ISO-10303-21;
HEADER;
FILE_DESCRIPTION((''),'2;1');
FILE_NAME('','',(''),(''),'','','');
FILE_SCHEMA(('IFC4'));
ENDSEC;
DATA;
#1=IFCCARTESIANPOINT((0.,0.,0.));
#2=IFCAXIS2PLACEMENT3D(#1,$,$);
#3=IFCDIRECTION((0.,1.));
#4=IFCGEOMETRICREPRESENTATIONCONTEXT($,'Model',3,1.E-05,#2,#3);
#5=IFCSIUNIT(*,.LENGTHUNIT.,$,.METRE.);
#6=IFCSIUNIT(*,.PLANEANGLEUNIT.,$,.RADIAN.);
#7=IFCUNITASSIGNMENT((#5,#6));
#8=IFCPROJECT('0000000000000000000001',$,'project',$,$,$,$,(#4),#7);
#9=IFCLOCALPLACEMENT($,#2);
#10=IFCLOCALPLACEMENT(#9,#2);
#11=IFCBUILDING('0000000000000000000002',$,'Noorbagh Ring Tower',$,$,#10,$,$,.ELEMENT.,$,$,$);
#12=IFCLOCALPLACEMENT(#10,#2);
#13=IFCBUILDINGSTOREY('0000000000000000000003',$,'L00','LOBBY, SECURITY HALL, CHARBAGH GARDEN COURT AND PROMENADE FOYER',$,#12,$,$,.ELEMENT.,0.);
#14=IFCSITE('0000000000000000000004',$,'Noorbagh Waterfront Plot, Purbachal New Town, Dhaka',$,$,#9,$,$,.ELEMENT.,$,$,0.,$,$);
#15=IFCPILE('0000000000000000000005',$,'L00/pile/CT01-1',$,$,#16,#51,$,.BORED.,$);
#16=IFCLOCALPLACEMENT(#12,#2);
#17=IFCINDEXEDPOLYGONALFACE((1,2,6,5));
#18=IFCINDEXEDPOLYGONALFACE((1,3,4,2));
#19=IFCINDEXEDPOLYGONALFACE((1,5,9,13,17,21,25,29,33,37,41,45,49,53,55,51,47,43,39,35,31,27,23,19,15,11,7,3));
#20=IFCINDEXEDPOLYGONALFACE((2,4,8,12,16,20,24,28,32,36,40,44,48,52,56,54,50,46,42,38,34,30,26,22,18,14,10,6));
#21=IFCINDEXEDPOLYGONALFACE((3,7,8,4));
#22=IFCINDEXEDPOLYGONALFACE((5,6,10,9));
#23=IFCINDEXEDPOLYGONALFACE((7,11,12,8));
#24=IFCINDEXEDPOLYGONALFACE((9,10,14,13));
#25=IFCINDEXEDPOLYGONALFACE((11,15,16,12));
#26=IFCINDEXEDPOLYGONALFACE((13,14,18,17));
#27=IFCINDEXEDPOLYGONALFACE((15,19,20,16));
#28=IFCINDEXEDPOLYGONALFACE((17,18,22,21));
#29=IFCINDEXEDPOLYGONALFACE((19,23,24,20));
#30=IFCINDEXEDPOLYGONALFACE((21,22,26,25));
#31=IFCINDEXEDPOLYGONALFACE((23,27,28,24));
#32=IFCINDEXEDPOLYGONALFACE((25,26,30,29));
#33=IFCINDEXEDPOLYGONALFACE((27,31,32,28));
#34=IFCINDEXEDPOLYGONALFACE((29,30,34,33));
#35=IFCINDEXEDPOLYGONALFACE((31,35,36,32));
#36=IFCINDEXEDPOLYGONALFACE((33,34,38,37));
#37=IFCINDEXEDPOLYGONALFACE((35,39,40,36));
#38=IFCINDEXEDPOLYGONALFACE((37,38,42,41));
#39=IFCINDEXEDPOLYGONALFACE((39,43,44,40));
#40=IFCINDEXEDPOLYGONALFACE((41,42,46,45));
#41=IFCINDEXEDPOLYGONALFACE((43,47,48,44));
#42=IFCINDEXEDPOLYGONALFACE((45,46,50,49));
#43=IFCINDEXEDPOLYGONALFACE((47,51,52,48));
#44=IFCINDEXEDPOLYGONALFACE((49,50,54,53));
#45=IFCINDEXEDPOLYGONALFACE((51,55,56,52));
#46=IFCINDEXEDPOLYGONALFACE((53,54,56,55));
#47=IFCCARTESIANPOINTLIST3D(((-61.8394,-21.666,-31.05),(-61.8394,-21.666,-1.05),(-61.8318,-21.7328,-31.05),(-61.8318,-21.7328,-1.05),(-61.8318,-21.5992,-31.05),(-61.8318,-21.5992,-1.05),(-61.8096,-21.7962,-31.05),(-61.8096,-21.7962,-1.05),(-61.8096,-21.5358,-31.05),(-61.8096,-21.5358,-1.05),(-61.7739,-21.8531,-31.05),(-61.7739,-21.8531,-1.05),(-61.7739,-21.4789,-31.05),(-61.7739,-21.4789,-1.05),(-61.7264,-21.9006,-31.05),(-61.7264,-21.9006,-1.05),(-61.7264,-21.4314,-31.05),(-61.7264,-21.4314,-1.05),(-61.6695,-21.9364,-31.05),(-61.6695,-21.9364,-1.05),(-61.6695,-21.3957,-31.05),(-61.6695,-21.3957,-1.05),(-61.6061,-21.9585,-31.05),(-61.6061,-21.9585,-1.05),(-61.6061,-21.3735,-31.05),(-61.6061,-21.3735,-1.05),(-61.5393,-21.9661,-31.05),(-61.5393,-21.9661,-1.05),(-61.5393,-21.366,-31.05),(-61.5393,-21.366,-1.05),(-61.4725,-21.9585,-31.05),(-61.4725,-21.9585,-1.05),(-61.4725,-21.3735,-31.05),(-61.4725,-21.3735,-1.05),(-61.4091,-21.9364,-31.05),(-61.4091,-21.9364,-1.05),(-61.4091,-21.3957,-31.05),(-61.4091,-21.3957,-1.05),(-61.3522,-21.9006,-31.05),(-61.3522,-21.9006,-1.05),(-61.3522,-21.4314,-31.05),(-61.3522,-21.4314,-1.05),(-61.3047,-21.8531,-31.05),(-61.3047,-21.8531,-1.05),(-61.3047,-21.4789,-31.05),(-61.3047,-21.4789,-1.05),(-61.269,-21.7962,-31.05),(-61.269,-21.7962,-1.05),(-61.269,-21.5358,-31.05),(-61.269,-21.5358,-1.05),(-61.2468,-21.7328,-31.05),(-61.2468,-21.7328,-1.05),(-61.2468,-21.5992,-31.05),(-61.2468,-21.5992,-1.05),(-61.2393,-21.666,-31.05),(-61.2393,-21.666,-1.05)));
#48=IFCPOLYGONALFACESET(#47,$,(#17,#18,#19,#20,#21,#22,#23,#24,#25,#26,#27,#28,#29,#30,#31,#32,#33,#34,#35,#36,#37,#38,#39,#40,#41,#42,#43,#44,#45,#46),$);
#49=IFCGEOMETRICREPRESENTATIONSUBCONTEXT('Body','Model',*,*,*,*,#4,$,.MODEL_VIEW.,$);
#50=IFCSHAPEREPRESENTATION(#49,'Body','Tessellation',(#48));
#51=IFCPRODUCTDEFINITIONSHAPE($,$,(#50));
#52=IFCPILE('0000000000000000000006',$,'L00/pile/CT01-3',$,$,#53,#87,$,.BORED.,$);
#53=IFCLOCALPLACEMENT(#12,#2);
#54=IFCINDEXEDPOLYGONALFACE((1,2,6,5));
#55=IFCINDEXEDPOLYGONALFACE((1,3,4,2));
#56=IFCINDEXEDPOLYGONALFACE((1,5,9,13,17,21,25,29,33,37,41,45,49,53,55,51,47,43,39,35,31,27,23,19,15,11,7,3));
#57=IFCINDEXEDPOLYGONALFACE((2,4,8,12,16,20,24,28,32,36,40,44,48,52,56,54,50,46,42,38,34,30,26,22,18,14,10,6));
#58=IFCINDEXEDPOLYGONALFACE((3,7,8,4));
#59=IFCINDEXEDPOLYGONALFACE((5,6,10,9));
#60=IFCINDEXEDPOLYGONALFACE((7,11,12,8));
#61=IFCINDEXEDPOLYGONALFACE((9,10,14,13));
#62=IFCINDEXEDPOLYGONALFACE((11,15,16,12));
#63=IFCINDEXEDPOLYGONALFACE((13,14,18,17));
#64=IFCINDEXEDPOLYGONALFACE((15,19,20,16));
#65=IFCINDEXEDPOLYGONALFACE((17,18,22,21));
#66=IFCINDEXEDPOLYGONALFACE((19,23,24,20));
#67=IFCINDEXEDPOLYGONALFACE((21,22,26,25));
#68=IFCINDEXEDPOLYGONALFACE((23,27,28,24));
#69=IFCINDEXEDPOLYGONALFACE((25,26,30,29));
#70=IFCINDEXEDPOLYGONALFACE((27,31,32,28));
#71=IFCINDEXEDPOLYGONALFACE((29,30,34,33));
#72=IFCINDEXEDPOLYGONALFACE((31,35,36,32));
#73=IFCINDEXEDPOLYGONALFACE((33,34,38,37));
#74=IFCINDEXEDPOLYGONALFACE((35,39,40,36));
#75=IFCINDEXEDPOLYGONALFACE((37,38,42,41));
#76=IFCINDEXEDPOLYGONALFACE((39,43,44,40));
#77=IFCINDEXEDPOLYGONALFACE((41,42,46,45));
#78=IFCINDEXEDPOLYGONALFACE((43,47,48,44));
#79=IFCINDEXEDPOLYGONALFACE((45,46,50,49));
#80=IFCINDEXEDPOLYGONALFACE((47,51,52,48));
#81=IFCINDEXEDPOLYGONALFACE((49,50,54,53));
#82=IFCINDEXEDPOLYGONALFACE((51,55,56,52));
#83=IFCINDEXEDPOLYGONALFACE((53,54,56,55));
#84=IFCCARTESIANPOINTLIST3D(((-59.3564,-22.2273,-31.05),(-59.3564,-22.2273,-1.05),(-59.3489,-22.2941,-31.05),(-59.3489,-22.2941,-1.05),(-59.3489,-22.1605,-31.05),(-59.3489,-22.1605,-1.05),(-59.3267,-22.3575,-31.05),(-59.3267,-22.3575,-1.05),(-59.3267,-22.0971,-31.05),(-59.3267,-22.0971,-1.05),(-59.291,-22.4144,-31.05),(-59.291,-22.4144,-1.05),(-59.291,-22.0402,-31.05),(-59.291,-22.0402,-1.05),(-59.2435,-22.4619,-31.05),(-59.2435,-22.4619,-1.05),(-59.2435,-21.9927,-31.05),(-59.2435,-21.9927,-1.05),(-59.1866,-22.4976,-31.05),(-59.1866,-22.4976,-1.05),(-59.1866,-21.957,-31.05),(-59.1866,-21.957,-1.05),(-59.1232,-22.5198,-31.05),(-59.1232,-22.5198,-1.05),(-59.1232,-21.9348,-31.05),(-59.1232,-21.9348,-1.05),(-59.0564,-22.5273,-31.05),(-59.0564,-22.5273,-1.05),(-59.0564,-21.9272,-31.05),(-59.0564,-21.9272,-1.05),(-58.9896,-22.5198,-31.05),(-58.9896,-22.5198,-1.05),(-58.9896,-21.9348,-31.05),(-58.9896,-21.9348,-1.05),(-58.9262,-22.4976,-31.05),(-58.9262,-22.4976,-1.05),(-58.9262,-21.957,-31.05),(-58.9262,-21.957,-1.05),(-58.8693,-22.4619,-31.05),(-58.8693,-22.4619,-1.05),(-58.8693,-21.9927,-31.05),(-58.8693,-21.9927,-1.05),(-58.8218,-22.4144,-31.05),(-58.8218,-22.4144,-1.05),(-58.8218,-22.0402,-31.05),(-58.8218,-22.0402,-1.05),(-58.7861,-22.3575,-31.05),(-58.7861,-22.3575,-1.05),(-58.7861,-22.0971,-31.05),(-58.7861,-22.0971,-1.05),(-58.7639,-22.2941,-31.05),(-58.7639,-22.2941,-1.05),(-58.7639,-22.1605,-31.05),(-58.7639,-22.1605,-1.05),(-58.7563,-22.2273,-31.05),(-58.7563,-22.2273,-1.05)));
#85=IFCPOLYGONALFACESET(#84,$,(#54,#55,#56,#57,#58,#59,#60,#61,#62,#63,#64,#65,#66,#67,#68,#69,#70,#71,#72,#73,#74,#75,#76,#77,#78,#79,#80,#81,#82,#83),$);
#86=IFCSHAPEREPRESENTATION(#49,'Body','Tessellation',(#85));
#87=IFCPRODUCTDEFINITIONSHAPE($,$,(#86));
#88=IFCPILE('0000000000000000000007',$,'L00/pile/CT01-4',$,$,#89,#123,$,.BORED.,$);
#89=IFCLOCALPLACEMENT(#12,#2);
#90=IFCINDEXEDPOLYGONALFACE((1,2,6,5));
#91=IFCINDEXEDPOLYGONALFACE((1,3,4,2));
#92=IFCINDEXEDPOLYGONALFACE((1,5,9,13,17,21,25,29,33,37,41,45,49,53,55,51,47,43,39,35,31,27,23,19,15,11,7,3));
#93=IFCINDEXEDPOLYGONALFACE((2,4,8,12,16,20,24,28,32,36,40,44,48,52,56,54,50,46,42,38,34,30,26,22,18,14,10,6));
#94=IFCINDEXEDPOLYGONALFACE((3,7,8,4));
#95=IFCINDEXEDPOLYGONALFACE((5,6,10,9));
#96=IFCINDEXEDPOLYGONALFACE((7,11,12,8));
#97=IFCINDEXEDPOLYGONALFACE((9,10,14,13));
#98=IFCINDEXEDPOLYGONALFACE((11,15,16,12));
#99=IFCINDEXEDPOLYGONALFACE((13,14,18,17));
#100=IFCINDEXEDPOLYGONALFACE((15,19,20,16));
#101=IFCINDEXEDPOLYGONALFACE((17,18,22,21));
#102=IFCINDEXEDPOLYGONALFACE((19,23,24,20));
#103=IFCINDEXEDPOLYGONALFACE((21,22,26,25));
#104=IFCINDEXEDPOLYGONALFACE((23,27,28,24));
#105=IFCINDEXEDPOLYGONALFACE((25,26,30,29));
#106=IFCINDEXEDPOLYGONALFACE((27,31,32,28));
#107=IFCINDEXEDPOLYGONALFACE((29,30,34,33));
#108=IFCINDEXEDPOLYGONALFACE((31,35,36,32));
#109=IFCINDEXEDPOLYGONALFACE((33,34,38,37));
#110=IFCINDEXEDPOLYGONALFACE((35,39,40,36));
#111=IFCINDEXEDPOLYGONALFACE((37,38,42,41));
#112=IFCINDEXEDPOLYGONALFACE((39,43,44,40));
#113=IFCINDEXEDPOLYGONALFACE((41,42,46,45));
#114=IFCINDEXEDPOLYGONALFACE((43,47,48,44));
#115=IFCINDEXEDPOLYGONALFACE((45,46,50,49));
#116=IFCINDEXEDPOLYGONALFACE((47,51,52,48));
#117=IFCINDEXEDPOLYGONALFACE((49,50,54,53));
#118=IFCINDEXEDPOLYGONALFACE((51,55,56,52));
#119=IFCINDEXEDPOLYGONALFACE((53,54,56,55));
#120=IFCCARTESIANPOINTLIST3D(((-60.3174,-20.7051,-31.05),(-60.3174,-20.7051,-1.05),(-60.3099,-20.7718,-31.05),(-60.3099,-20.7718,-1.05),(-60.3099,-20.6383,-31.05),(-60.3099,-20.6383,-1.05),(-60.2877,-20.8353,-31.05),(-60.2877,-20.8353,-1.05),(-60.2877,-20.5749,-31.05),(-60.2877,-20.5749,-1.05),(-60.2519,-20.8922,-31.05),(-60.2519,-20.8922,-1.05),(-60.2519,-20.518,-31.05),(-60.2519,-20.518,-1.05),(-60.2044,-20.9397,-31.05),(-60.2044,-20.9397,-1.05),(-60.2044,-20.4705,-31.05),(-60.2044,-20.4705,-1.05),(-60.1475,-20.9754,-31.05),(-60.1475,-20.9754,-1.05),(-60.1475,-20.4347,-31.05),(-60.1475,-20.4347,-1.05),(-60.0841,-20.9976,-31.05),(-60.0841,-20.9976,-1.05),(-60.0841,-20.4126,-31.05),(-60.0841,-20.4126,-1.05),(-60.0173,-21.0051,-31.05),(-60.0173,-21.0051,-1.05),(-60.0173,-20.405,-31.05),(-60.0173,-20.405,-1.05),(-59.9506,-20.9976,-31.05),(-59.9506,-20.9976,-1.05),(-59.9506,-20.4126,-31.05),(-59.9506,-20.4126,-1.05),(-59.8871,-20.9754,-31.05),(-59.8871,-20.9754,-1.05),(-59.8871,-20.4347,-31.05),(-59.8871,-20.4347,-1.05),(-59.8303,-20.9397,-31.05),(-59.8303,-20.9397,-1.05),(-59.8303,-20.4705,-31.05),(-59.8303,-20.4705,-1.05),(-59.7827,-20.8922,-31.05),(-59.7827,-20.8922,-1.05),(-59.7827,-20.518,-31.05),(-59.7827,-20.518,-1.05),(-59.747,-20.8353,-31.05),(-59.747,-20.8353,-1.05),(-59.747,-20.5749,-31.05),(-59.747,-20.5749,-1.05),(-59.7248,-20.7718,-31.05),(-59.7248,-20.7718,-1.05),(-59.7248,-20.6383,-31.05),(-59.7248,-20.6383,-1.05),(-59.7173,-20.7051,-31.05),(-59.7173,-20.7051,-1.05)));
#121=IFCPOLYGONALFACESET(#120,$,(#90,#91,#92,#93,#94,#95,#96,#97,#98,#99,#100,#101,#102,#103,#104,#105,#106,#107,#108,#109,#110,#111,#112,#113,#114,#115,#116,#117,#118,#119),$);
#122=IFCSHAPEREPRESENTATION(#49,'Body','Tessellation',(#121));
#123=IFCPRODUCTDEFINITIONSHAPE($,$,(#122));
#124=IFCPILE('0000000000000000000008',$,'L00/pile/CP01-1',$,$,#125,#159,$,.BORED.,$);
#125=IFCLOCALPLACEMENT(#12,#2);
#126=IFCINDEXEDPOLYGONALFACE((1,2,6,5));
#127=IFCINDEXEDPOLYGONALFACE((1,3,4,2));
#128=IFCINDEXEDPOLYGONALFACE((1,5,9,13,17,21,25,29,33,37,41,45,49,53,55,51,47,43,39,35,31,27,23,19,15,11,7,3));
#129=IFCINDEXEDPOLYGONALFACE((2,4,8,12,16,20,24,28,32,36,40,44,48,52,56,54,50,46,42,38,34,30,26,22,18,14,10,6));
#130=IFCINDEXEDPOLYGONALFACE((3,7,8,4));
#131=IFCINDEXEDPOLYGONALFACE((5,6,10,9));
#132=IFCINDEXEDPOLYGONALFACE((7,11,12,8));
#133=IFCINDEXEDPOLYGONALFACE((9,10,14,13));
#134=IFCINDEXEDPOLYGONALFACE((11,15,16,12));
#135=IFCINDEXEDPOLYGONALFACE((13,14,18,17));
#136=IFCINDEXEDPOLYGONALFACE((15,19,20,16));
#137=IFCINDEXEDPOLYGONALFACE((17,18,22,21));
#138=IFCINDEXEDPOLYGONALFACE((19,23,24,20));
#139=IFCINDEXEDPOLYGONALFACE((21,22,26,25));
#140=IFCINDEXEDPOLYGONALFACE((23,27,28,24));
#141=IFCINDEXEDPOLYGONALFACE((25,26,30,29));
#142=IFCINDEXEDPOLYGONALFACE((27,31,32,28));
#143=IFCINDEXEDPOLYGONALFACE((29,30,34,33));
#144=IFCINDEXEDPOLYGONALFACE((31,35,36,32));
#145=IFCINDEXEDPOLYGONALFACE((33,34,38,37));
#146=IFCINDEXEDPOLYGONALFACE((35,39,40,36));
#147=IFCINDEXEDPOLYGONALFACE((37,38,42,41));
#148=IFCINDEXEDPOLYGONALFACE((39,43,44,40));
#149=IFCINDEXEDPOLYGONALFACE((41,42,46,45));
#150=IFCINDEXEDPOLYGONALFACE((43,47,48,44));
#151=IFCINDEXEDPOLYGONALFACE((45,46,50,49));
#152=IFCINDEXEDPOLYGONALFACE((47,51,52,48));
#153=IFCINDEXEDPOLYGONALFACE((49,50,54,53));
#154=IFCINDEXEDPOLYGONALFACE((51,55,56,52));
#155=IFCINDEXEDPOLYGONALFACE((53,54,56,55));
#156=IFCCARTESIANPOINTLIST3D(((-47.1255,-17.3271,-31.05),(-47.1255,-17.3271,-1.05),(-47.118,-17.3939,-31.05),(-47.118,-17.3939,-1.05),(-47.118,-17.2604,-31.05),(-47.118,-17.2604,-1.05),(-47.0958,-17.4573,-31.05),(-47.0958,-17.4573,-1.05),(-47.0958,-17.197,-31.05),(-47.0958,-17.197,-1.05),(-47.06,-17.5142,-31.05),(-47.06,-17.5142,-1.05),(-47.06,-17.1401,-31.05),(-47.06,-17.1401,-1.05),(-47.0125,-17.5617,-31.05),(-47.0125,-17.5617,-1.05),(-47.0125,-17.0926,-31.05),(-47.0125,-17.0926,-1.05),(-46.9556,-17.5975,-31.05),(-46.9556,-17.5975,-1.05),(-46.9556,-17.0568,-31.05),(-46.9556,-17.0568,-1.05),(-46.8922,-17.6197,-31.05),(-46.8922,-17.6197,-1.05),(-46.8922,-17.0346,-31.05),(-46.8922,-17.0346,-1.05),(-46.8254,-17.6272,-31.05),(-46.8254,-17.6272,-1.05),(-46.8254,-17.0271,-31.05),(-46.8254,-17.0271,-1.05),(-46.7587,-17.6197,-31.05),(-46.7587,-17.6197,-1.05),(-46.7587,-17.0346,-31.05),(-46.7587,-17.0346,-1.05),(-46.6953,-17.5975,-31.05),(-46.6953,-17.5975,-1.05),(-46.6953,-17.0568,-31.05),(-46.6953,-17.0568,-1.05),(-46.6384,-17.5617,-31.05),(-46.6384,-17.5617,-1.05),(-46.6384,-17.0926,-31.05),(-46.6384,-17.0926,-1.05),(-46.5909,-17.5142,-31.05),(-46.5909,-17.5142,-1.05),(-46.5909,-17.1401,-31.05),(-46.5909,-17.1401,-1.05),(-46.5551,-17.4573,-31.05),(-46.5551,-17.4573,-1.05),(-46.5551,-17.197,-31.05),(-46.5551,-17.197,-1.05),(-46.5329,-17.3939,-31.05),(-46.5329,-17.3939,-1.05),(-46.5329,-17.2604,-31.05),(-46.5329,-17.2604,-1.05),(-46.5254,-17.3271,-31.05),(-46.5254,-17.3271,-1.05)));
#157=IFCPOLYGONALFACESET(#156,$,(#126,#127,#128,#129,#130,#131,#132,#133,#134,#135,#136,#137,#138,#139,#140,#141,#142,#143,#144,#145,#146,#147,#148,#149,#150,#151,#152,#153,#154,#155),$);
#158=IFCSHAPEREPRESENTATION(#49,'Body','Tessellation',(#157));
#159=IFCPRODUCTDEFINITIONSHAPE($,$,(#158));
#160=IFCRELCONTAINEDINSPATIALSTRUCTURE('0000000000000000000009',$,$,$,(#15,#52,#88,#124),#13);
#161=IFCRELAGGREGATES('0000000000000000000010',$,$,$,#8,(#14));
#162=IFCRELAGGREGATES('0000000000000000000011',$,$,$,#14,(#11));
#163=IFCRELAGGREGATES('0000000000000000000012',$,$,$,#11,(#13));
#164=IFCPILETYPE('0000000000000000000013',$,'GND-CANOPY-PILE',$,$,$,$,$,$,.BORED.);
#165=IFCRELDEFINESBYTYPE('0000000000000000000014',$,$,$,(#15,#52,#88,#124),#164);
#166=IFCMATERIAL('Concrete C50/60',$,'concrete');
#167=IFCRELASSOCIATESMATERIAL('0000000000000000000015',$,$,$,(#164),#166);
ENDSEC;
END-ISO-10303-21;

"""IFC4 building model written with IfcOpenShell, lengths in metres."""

from ifc_helpers import new_model, si_unit, direction, frame, origin, origin_2d, place, context, subcontext, project, spatial, circle, extrude, material, material_profile, profile_set, type_object, element, save


model = new_model("IFC4")

# Units and contexts
model_context = context("Model", 3, precision=1e-05, world=origin(), true_north=direction((0.0, 1.0)))
body_context = subcontext(model_context, "Body", "Model", "MODEL_VIEW")
ifc_project = project(units=[si_unit("LENGTHUNIT", "METRE"), si_unit("PLANEANGLEUNIT", "RADIAN")], contexts=[model_context])

# Site, building, storey
site_placement = place(None, origin())
site = spatial("IfcSite", under=ifc_project, at=site_placement, Name="Noorbagh Waterfront Plot, Purbachal New Town, Dhaka", CompositionType="ELEMENT", RefElevation=0.0)
building_placement = place(site_placement, origin())
building = spatial("IfcBuilding", under=site, at=building_placement, Name="Noorbagh Ring Tower", CompositionType="ELEMENT")
storey_placement = place(building_placement, origin())
storey = spatial("IfcBuildingStorey", under=building, at=storey_placement, Name="L00", Description="LOBBY, SECURITY HALL, CHARBAGH GARDEN COURT AND PROMENADE FOYER", CompositionType="ELEMENT", Elevation=0.0)

# Piles
ifc_material_1 = material(Name="Concrete C50/60", Category="concrete")
ifc_material_profile_1 = material_profile(ifc_material_1, circle(Radius=0.3, at=origin_2d()), Name="PILE600")
ifc_profile_set_1 = profile_set([ifc_material_profile_1], Name="Concrete C50/60")
pile_type = type_object("IfcPileType", Name="GND-CANOPY-PILE", PredefinedType="BORED", material=ifc_profile_set_1)
for number, where, z_axis, x_axis, name in (
    (1, (-61.5393, -21.666, -1.05), (0.0, 0.0, -1.0), (1.0, 0.0, 0.0), "L00/pile/CT01-1"),
    (2, (-59.0564, -22.2273, -1.05), (0.0, 0.0, -1.0), (1.0, 0.0, 0.0), "L00/pile/CT01-3"),
    (3, (-60.0173, -20.7051, -1.05), (0.0, 0.0, -1.0), (1.0, 0.0, 0.0), "L00/pile/CT01-4"),
    (4, (-46.8254, -17.3271, -1.05), (0.0, 0.0, -1.0), (1.0, 0.0, 0.0), "L00/pile/CP01-1"),
):
    element("IfcPile", number, at=place(storey_placement, frame(where, z_axis=z_axis, x_axis=x_axis)), inside=storey, type_object=pile_type, Name=name, PredefinedType="BORED", context=body_context, shape_type="SweptSolid", body=[
        extrude(circle(Radius=0.3, at=origin_2d()), origin(), (0.0, 0.0, 1.0), 30.0),
    ])

save(model, "model.ifc")
